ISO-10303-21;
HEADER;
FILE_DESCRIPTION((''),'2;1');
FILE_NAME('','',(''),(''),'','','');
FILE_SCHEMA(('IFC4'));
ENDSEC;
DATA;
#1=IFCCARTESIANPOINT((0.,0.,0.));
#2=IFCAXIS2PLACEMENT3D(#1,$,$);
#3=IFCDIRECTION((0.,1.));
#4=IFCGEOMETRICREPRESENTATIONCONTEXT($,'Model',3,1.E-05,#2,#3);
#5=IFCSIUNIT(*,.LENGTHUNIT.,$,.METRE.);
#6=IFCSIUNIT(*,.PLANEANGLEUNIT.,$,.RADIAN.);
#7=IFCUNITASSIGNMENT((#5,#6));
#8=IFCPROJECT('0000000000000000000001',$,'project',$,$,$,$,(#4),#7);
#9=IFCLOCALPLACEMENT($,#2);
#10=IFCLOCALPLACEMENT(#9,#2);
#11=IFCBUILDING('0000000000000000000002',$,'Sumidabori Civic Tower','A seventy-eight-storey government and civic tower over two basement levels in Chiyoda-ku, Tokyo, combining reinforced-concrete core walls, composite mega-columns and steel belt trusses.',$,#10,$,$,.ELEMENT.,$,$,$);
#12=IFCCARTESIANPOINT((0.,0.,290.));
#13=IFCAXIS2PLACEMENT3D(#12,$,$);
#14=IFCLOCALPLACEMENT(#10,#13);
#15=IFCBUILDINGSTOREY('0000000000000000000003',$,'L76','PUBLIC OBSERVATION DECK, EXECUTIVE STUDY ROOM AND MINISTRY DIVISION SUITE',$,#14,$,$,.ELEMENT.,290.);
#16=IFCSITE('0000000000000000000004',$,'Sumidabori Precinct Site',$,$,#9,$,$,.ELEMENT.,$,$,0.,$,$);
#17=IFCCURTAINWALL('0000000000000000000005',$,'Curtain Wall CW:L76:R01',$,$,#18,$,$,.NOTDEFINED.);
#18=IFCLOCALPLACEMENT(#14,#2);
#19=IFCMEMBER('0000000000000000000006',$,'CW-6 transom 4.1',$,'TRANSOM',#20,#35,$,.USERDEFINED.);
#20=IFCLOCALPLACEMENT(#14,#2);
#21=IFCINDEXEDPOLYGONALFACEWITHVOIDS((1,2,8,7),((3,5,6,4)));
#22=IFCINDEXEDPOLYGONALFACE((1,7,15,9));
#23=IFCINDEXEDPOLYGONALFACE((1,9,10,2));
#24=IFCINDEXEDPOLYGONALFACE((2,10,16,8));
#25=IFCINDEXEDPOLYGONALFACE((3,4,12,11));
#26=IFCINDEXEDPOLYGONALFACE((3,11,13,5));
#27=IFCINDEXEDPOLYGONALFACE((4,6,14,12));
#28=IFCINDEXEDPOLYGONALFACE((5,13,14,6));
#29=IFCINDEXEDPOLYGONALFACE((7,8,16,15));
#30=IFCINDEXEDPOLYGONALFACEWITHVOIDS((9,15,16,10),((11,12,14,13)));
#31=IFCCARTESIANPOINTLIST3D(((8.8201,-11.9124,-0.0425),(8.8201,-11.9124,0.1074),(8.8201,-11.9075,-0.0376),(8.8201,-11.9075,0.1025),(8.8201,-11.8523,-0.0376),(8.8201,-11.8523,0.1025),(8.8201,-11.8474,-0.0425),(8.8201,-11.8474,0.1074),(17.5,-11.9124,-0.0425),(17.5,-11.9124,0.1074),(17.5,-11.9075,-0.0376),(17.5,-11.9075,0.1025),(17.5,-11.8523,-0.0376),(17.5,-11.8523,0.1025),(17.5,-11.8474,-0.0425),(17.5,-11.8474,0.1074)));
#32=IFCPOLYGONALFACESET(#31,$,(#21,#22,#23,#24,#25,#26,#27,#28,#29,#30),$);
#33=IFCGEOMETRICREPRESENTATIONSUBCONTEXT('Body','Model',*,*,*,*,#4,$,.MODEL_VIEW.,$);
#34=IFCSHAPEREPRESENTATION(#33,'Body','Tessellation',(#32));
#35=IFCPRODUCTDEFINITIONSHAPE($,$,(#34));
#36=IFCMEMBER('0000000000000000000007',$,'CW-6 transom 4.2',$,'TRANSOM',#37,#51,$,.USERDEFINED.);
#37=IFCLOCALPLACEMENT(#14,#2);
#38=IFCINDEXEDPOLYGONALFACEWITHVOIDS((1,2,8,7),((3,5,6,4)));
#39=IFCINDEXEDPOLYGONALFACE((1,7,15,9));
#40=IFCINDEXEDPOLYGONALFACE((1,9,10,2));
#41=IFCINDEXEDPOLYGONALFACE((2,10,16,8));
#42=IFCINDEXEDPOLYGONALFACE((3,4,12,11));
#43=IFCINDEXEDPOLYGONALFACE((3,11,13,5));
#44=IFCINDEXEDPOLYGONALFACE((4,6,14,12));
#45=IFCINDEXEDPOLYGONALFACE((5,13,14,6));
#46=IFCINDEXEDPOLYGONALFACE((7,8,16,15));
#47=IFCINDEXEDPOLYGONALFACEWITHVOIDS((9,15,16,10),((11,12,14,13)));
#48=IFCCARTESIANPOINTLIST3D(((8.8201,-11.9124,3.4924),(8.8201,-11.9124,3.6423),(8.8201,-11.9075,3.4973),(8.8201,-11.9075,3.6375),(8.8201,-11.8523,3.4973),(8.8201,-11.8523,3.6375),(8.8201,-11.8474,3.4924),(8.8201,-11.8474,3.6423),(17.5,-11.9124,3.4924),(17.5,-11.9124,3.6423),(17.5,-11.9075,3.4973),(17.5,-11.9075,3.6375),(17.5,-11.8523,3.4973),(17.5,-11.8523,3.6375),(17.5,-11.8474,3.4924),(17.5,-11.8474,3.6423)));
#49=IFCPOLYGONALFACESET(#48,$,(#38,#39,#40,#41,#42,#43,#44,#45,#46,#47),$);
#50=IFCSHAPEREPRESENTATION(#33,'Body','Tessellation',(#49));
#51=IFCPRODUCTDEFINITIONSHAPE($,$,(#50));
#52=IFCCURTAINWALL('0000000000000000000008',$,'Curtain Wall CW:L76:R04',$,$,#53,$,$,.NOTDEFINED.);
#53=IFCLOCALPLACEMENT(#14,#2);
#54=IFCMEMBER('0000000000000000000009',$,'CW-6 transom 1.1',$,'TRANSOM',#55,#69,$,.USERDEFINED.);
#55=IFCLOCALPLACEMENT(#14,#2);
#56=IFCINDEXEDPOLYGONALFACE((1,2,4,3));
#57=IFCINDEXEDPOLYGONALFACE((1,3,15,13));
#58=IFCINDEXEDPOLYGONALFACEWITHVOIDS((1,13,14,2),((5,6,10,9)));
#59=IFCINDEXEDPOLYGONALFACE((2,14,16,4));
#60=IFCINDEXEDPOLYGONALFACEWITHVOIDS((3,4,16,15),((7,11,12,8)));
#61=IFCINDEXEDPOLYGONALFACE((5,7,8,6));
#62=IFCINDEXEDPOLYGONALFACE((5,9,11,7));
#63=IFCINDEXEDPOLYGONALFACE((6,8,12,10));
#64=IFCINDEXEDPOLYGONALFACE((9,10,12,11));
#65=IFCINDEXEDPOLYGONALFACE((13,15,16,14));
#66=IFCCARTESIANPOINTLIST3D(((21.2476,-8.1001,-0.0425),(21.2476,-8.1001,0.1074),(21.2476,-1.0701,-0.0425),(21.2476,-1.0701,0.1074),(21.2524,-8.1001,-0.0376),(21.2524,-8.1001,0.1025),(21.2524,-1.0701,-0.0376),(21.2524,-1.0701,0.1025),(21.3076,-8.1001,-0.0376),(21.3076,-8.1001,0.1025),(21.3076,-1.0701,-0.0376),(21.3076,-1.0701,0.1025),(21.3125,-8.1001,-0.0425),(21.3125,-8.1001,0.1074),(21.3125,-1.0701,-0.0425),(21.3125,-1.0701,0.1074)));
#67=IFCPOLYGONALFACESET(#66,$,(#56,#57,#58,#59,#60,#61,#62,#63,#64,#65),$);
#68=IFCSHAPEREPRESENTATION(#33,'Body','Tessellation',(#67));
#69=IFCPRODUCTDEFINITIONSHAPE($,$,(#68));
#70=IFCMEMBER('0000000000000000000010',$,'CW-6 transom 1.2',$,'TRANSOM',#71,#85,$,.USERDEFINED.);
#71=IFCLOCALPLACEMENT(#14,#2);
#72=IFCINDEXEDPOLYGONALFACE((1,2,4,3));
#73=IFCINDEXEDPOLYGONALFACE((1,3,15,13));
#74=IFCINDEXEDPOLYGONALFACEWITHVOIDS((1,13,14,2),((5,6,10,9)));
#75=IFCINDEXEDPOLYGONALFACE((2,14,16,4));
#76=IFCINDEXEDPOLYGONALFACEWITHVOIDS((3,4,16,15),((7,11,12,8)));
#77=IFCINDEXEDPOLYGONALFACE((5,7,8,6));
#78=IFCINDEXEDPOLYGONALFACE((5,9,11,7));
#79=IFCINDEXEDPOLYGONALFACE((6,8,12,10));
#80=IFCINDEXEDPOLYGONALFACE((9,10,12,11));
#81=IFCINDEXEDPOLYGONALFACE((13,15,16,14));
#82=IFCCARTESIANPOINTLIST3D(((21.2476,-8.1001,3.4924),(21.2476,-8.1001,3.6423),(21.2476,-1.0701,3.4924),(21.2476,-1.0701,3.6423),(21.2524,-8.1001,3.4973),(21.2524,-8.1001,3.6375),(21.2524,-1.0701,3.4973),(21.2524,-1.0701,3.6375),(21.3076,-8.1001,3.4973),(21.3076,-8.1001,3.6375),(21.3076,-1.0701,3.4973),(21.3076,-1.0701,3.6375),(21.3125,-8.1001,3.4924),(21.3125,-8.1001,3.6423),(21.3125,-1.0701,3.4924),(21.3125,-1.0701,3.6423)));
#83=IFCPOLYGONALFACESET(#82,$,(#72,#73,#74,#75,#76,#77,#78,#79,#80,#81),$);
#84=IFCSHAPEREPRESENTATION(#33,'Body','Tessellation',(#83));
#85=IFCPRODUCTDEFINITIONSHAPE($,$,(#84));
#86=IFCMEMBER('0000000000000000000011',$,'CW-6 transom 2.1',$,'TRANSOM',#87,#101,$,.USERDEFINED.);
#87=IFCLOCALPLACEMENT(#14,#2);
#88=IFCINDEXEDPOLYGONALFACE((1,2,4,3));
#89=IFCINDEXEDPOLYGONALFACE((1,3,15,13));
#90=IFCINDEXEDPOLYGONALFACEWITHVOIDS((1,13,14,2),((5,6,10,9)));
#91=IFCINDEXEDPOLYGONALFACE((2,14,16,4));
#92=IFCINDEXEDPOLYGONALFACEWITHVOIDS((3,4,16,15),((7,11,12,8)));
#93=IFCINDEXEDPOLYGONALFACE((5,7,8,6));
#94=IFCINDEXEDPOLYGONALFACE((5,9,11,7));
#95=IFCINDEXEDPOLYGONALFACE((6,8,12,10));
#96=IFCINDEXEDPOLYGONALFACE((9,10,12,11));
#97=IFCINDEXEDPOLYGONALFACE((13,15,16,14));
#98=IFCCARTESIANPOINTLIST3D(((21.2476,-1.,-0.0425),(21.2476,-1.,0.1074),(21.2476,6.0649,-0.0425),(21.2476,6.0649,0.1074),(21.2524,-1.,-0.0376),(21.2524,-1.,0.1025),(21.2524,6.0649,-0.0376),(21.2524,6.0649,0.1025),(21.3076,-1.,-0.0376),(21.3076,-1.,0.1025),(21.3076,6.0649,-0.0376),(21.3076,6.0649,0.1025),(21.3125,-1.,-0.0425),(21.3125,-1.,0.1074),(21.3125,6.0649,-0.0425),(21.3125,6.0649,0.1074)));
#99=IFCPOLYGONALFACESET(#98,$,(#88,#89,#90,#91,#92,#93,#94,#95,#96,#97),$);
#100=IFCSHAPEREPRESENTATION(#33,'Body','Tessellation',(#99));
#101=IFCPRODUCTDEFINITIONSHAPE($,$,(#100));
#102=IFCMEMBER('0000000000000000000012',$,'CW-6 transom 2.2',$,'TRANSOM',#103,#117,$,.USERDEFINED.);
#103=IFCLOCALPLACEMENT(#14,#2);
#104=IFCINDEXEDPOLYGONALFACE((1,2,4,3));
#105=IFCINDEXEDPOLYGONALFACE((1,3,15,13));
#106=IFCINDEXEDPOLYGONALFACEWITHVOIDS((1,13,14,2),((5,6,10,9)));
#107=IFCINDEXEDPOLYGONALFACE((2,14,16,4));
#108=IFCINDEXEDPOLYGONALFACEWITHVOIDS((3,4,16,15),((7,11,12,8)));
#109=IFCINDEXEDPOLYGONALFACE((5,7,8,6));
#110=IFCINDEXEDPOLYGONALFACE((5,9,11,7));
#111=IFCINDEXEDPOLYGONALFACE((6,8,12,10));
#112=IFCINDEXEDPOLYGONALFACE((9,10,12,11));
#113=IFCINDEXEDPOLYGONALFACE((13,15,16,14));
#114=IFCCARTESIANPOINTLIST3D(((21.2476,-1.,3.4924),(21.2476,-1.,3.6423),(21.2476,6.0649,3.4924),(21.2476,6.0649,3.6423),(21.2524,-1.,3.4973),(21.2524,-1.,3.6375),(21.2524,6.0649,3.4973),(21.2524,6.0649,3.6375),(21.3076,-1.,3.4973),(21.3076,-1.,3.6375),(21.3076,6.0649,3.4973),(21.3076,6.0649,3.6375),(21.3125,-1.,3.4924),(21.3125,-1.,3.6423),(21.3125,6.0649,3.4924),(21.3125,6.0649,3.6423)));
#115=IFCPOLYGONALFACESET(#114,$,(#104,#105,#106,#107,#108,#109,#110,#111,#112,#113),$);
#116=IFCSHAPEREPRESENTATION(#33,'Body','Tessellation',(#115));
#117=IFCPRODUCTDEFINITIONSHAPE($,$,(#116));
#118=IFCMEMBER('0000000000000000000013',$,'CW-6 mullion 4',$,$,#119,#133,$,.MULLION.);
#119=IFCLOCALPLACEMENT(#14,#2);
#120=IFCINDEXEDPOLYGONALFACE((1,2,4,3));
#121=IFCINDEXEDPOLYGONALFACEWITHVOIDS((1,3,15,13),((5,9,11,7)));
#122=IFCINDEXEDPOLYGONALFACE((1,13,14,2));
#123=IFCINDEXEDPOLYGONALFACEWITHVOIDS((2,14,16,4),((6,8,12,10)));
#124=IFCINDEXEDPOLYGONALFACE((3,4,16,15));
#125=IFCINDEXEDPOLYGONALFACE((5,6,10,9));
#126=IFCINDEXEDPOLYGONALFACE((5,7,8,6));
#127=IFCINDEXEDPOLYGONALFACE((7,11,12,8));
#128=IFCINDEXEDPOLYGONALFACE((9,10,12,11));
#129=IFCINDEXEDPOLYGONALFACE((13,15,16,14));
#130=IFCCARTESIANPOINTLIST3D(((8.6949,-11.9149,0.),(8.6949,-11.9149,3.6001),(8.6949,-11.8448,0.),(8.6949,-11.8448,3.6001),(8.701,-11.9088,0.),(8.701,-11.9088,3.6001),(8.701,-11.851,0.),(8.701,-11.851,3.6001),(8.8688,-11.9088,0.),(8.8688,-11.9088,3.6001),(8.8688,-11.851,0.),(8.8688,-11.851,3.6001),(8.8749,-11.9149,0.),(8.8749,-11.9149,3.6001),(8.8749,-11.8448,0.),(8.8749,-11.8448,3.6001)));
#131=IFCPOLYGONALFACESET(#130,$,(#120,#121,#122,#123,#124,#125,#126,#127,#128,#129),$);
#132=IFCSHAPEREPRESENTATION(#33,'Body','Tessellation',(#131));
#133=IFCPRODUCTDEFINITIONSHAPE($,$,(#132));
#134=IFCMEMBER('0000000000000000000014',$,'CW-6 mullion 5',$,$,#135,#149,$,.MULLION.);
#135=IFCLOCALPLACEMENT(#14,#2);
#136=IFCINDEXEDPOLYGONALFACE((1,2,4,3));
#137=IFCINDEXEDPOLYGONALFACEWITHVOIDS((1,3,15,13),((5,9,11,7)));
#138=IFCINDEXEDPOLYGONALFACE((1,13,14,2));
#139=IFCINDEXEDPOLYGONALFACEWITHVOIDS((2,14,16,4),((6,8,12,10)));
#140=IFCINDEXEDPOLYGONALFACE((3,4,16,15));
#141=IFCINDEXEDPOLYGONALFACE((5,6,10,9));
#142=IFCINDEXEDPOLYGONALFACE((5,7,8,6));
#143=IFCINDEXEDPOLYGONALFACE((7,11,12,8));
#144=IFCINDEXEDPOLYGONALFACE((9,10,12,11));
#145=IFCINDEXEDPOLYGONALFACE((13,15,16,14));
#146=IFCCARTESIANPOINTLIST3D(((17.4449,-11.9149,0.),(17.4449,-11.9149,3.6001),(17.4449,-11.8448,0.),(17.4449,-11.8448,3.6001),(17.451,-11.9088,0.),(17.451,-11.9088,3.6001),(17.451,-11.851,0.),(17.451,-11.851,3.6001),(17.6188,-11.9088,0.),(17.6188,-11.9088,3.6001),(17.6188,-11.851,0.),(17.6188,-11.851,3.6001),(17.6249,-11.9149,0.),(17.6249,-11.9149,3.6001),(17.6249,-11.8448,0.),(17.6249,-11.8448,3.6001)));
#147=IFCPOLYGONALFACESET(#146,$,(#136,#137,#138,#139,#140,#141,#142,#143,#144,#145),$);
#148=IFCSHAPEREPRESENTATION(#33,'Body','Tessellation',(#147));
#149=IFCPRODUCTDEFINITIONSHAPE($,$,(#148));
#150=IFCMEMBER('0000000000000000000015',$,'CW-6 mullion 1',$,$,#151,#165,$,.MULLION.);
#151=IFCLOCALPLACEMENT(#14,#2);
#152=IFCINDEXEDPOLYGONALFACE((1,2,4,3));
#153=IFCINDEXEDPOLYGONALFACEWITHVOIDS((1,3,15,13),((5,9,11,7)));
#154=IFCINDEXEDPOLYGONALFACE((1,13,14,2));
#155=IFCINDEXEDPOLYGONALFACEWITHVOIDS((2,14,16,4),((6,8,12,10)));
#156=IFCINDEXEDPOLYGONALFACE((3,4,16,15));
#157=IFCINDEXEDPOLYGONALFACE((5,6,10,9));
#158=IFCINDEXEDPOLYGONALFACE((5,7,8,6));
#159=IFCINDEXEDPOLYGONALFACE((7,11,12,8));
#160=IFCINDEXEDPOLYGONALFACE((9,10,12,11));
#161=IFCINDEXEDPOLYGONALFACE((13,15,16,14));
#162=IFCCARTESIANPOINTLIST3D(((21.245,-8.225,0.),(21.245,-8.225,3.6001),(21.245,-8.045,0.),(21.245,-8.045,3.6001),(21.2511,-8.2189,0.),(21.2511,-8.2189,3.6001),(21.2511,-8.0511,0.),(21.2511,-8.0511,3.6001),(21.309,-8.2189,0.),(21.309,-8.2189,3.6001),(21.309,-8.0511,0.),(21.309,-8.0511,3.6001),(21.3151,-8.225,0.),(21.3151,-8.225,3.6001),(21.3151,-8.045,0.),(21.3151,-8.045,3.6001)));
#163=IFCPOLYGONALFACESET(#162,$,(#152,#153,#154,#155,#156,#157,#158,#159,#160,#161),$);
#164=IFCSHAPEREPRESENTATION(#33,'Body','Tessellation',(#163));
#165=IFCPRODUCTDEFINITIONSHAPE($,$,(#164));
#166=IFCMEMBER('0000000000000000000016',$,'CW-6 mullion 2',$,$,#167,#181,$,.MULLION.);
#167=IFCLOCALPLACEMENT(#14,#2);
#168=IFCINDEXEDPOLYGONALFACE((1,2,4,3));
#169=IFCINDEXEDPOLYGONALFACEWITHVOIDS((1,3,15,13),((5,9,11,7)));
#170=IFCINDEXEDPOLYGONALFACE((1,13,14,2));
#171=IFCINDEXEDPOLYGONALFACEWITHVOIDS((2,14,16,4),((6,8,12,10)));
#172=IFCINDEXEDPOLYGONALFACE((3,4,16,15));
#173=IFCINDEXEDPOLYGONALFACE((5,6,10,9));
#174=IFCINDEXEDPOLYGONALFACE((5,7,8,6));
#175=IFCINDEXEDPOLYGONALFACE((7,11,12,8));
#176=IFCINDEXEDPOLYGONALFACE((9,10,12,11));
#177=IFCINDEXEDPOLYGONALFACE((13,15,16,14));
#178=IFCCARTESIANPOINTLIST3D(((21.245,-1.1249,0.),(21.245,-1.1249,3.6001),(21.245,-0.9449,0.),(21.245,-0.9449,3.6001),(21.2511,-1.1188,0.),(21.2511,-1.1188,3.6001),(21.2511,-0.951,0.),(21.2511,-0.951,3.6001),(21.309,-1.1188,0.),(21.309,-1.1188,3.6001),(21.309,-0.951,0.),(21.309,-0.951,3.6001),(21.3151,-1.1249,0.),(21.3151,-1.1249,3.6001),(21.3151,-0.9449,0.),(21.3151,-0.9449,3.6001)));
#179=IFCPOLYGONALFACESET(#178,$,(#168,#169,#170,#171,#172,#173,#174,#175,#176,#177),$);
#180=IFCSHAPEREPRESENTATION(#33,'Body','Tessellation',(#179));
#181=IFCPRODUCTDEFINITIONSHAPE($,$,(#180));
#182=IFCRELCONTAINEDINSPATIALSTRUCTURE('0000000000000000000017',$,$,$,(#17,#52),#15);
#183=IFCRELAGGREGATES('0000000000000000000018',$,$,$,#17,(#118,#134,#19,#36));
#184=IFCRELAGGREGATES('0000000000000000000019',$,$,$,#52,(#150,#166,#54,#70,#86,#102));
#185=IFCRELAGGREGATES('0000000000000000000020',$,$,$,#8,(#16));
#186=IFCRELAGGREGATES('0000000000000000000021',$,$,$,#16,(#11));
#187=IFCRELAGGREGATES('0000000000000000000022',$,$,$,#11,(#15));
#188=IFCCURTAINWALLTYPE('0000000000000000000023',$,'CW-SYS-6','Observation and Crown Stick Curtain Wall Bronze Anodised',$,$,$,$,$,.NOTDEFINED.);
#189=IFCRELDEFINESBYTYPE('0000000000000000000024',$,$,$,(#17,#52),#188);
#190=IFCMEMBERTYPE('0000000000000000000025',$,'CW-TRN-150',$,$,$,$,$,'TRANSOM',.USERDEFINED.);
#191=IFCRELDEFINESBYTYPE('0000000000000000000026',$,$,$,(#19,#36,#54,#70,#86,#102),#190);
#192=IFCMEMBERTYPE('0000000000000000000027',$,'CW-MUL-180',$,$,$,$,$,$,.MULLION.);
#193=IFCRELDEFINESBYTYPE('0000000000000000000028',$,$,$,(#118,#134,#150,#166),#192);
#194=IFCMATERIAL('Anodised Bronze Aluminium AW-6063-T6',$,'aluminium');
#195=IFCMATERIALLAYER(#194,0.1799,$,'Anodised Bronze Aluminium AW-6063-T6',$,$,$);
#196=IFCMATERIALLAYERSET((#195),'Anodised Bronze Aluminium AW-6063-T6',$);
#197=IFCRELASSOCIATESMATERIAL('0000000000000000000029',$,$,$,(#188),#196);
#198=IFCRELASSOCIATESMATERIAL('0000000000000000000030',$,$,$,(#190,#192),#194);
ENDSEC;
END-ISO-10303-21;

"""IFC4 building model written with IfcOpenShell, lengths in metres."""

from ifc_helpers import new_model, si_unit, direction, frame, origin, origin_2d, place, context, subcontext, project, spatial, hollow_rectangle, extrude, source, transform, mapped, material, layer, layer_set, material_profile, profile_set, type_object, element, aggregate, save


model = new_model("IFC4")

# Units and contexts
model_context = context("Model", 3, precision=1e-05, world=origin(), true_north=direction((0.0, 1.0)))
body_context = subcontext(model_context, "Body", "Model", "MODEL_VIEW")
ifc_project = project(units=[si_unit("LENGTHUNIT", "METRE"), si_unit("PLANEANGLEUNIT", "RADIAN")], contexts=[model_context])

# Site, building, storey
site_placement = place(None, origin())
site = spatial("IfcSite", under=ifc_project, at=site_placement, Name="Sumidabori Precinct Site", CompositionType="ELEMENT", RefElevation=0.0)
building_placement = place(site_placement, origin())
building = spatial("IfcBuilding", under=site, at=building_placement, Name="Sumidabori Civic Tower", Description="A seventy-eight-storey government and civic tower over two basement levels in Chiyoda-ku, Tokyo, combining reinforced-concrete core walls, composite mega-columns and steel belt trusses.", CompositionType="ELEMENT")
storey_placement = place(building_placement, frame((0.0, 0.0, 290.0)))
storey = spatial("IfcBuildingStorey", under=building, at=storey_placement, Name="L76", Description="PUBLIC OBSERVATION DECK, EXECUTIVE STUDY ROOM AND MINISTRY DIVISION SUITE", CompositionType="ELEMENT", Elevation=290.0)

# Curtain walls, members
ifc_material_1 = material(Name="Anodised Bronze Aluminium AW-6063-T6", Category="aluminium")
ifc_layer_1 = layer(ifc_material_1, 0.1799, Name="Anodised Bronze Aluminium AW-6063-T6")
ifc_layer_set_1 = layer_set([ifc_layer_1], Name="Anodised Bronze Aluminium AW-6063-T6")
curtain_wall_type = type_object("IfcCurtainWallType", Name="CW-SYS-6", Description="Observation and Crown Stick Curtain Wall Bronze Anodised", PredefinedType="NOTDEFINED", material=ifc_layer_set_1)
curtain_wall_1_placement = place(storey_placement, origin())
curtain_wall_1 = element("IfcCurtainWall", 1, at=curtain_wall_1_placement, inside=storey, type_object=curtain_wall_type, Name="Curtain Wall CW:L76:R01", PredefinedType="NOTDEFINED")
ifc_material_profile_1 = material_profile(ifc_material_1, hollow_rectangle(XDim=0.0649, YDim=0.1499, WallThickness=0.0049, at=origin_2d()), Name="ALU TRANSOM 150x65")
ifc_profile_set_1 = profile_set([ifc_material_profile_1], Name="Anodised Bronze Aluminium AW-6063-T6")
member_type_1 = type_object("IfcMemberType", Name="CW-TRN-150", ElementType="TRANSOM", PredefinedType="USERDEFINED", material=ifc_profile_set_1)
shared_shape_1 = source(origin(), body_context, "Body", "SweptSolid", [
    extrude(hollow_rectangle(XDim=0.0649, YDim=0.1499, WallThickness=0.0049, at=origin_2d()), origin(), (0.0, 0.0, 1.0), 8.6799),
])
member_1_placement = place(storey_placement, frame((8.8201, -11.8799, 0.0325), z_axis=(1.0, 0.0, 0.0), x_axis=(0.0, 1.0, 0.0)))
member_1 = element("IfcMember", 2, at=member_1_placement, type_object=member_type_1, Name="CW-6 transom 4.1", ObjectType="TRANSOM", PredefinedType="USERDEFINED", context=body_context, shape_type="MappedRepresentation", body=[
    mapped(shared_shape_1, transform((0.0, 0.0, 0.0), x_axis=(1.0, 0.0, 0.0), y_axis=(0.0, 1.0, 0.0), z_axis=(0.0, 0.0, 1.0), scale=1.0)),
])
member_2_placement = place(storey_placement, frame((8.8201, -11.8799, 3.5674), z_axis=(1.0, 0.0, 0.0), x_axis=(0.0, 1.0, 0.0)))
member_2 = element("IfcMember", 3, at=member_2_placement, type_object=member_type_1, Name="CW-6 transom 4.2", ObjectType="TRANSOM", PredefinedType="USERDEFINED", context=body_context, shape_type="MappedRepresentation", body=[
    mapped(shared_shape_1, transform((0.0, 0.0, 0.0), x_axis=(1.0, 0.0, 0.0), y_axis=(0.0, 1.0, 0.0), z_axis=(0.0, 0.0, 1.0), scale=1.0)),
])
curtain_wall_2_placement = place(storey_placement, origin())
curtain_wall_2 = element("IfcCurtainWall", 4, at=curtain_wall_2_placement, inside=storey, type_object=curtain_wall_type, Name="Curtain Wall CW:L76:R04", PredefinedType="NOTDEFINED")
shared_shape_2 = source(origin(), body_context, "Body", "SweptSolid", [
    extrude(hollow_rectangle(XDim=0.0649, YDim=0.1499, WallThickness=0.0049, at=origin_2d()), origin(), (0.0, 0.0, 1.0), 7.03),
])
member_3_placement = place(storey_placement, frame((21.28, -8.1001, 0.0325), z_axis=(0.0, 1.0, 0.0), x_axis=(-1.0, 0.0, 0.0)))
member_3 = element("IfcMember", 5, at=member_3_placement, type_object=member_type_1, Name="CW-6 transom 1.1", ObjectType="TRANSOM", PredefinedType="USERDEFINED", context=body_context, shape_type="MappedRepresentation", body=[
    mapped(shared_shape_2, transform((0.0, 0.0, 0.0), x_axis=(1.0, 0.0, 0.0), y_axis=(0.0, 1.0, 0.0), z_axis=(0.0, 0.0, 1.0), scale=1.0)),
])
member_4_placement = place(storey_placement, frame((21.28, -8.1001, 3.5674), z_axis=(0.0, 1.0, 0.0), x_axis=(-1.0, 0.0, 0.0)))
member_4 = element("IfcMember", 6, at=member_4_placement, type_object=member_type_1, Name="CW-6 transom 1.2", ObjectType="TRANSOM", PredefinedType="USERDEFINED", context=body_context, shape_type="MappedRepresentation", body=[
    mapped(shared_shape_2, transform((0.0, 0.0, 0.0), x_axis=(1.0, 0.0, 0.0), y_axis=(0.0, 1.0, 0.0), z_axis=(0.0, 0.0, 1.0), scale=1.0)),
])
shared_shape_3 = source(origin(), body_context, "Body", "SweptSolid", [
    extrude(hollow_rectangle(XDim=0.0649, YDim=0.1499, WallThickness=0.0049, at=origin_2d()), origin(), (0.0, 0.0, 1.0), 7.0649),
])
member_5_placement = place(storey_placement, frame((21.28, -1.0, 0.0325), z_axis=(0.0, 1.0, 0.0), x_axis=(-1.0, 0.0, 0.0)))
member_5 = element("IfcMember", 7, at=member_5_placement, type_object=member_type_1, Name="CW-6 transom 2.1", ObjectType="TRANSOM", PredefinedType="USERDEFINED", context=body_context, shape_type="MappedRepresentation", body=[
    mapped(shared_shape_3, transform((0.0, 0.0, 0.0), x_axis=(1.0, 0.0, 0.0), y_axis=(0.0, 1.0, 0.0), z_axis=(0.0, 0.0, 1.0), scale=1.0)),
])
member_6_placement = place(storey_placement, frame((21.28, -1.0, 3.5674), z_axis=(0.0, 1.0, 0.0), x_axis=(-1.0, 0.0, 0.0)))
member_6 = element("IfcMember", 8, at=member_6_placement, type_object=member_type_1, Name="CW-6 transom 2.2", ObjectType="TRANSOM", PredefinedType="USERDEFINED", context=body_context, shape_type="MappedRepresentation", body=[
    mapped(shared_shape_3, transform((0.0, 0.0, 0.0), x_axis=(1.0, 0.0, 0.0), y_axis=(0.0, 1.0, 0.0), z_axis=(0.0, 0.0, 1.0), scale=1.0)),
])

# Members
ifc_material_profile_2 = material_profile(ifc_material_1, hollow_rectangle(XDim=0.0701, YDim=0.1799, WallThickness=0.0061, at=origin_2d()), Name="ALU MULLION 180x70")
ifc_profile_set_2 = profile_set([ifc_material_profile_2], Name="Anodised Bronze Aluminium AW-6063-T6")
member_type_2 = type_object("IfcMemberType", Name="CW-MUL-180", PredefinedType="MULLION", material=ifc_profile_set_2)
shared_shape_4 = source(origin(), body_context, "Body", "SweptSolid", [
    extrude(hollow_rectangle(XDim=0.0701, YDim=0.1799, WallThickness=0.0061, at=origin_2d()), origin(), (0.0, 0.0, 1.0), 3.6001),
])
member_7_placement = place(storey_placement, frame((8.7849, -11.8799, 0.0), z_axis=(0.0, 0.0, 1.0), x_axis=(0.0, 1.0, 0.0)))
member_7 = element("IfcMember", 9, at=member_7_placement, type_object=member_type_2, Name="CW-6 mullion 4", PredefinedType="MULLION", context=body_context, shape_type="MappedRepresentation", body=[
    mapped(shared_shape_4, transform((0.0, 0.0, 0.0), x_axis=(1.0, 0.0, 0.0), y_axis=(0.0, 1.0, 0.0), z_axis=(0.0, 0.0, 1.0), scale=1.0)),
])
member_8_placement = place(storey_placement, frame((17.5349, -11.8799, 0.0), z_axis=(0.0, 0.0, 1.0), x_axis=(0.0, 1.0, 0.0)))
member_8 = element("IfcMember", 10, at=member_8_placement, type_object=member_type_2, Name="CW-6 mullion 5", PredefinedType="MULLION", context=body_context, shape_type="MappedRepresentation", body=[
    mapped(shared_shape_4, transform((0.0, 0.0, 0.0), x_axis=(1.0, 0.0, 0.0), y_axis=(0.0, 1.0, 0.0), z_axis=(0.0, 0.0, 1.0), scale=1.0)),
])
member_9_placement = place(storey_placement, frame((21.28, -8.135, 0.0), z_axis=(0.0, 0.0, 1.0), x_axis=(-1.0, 0.0, 0.0)))
member_9 = element("IfcMember", 11, at=member_9_placement, type_object=member_type_2, Name="CW-6 mullion 1", PredefinedType="MULLION", context=body_context, shape_type="MappedRepresentation", body=[
    mapped(shared_shape_4, transform((0.0, 0.0, 0.0), x_axis=(1.0, 0.0, 0.0), y_axis=(0.0, 1.0, 0.0), z_axis=(0.0, 0.0, 1.0), scale=1.0)),
])
member_10_placement = place(storey_placement, frame((21.28, -1.0349, 0.0), z_axis=(0.0, 0.0, 1.0), x_axis=(-1.0, 0.0, 0.0)))
member_10 = element("IfcMember", 12, at=member_10_placement, type_object=member_type_2, Name="CW-6 mullion 2", PredefinedType="MULLION", context=body_context, shape_type="MappedRepresentation", body=[
    mapped(shared_shape_4, transform((0.0, 0.0, 0.0), x_axis=(1.0, 0.0, 0.0), y_axis=(0.0, 1.0, 0.0), z_axis=(0.0, 0.0, 1.0), scale=1.0)),
])

aggregate(curtain_wall_1, [member_7, member_8, member_1, member_2])
aggregate(curtain_wall_2, [member_9, member_10, member_3, member_4, member_5, member_6])

save(model, "model.ifc")
